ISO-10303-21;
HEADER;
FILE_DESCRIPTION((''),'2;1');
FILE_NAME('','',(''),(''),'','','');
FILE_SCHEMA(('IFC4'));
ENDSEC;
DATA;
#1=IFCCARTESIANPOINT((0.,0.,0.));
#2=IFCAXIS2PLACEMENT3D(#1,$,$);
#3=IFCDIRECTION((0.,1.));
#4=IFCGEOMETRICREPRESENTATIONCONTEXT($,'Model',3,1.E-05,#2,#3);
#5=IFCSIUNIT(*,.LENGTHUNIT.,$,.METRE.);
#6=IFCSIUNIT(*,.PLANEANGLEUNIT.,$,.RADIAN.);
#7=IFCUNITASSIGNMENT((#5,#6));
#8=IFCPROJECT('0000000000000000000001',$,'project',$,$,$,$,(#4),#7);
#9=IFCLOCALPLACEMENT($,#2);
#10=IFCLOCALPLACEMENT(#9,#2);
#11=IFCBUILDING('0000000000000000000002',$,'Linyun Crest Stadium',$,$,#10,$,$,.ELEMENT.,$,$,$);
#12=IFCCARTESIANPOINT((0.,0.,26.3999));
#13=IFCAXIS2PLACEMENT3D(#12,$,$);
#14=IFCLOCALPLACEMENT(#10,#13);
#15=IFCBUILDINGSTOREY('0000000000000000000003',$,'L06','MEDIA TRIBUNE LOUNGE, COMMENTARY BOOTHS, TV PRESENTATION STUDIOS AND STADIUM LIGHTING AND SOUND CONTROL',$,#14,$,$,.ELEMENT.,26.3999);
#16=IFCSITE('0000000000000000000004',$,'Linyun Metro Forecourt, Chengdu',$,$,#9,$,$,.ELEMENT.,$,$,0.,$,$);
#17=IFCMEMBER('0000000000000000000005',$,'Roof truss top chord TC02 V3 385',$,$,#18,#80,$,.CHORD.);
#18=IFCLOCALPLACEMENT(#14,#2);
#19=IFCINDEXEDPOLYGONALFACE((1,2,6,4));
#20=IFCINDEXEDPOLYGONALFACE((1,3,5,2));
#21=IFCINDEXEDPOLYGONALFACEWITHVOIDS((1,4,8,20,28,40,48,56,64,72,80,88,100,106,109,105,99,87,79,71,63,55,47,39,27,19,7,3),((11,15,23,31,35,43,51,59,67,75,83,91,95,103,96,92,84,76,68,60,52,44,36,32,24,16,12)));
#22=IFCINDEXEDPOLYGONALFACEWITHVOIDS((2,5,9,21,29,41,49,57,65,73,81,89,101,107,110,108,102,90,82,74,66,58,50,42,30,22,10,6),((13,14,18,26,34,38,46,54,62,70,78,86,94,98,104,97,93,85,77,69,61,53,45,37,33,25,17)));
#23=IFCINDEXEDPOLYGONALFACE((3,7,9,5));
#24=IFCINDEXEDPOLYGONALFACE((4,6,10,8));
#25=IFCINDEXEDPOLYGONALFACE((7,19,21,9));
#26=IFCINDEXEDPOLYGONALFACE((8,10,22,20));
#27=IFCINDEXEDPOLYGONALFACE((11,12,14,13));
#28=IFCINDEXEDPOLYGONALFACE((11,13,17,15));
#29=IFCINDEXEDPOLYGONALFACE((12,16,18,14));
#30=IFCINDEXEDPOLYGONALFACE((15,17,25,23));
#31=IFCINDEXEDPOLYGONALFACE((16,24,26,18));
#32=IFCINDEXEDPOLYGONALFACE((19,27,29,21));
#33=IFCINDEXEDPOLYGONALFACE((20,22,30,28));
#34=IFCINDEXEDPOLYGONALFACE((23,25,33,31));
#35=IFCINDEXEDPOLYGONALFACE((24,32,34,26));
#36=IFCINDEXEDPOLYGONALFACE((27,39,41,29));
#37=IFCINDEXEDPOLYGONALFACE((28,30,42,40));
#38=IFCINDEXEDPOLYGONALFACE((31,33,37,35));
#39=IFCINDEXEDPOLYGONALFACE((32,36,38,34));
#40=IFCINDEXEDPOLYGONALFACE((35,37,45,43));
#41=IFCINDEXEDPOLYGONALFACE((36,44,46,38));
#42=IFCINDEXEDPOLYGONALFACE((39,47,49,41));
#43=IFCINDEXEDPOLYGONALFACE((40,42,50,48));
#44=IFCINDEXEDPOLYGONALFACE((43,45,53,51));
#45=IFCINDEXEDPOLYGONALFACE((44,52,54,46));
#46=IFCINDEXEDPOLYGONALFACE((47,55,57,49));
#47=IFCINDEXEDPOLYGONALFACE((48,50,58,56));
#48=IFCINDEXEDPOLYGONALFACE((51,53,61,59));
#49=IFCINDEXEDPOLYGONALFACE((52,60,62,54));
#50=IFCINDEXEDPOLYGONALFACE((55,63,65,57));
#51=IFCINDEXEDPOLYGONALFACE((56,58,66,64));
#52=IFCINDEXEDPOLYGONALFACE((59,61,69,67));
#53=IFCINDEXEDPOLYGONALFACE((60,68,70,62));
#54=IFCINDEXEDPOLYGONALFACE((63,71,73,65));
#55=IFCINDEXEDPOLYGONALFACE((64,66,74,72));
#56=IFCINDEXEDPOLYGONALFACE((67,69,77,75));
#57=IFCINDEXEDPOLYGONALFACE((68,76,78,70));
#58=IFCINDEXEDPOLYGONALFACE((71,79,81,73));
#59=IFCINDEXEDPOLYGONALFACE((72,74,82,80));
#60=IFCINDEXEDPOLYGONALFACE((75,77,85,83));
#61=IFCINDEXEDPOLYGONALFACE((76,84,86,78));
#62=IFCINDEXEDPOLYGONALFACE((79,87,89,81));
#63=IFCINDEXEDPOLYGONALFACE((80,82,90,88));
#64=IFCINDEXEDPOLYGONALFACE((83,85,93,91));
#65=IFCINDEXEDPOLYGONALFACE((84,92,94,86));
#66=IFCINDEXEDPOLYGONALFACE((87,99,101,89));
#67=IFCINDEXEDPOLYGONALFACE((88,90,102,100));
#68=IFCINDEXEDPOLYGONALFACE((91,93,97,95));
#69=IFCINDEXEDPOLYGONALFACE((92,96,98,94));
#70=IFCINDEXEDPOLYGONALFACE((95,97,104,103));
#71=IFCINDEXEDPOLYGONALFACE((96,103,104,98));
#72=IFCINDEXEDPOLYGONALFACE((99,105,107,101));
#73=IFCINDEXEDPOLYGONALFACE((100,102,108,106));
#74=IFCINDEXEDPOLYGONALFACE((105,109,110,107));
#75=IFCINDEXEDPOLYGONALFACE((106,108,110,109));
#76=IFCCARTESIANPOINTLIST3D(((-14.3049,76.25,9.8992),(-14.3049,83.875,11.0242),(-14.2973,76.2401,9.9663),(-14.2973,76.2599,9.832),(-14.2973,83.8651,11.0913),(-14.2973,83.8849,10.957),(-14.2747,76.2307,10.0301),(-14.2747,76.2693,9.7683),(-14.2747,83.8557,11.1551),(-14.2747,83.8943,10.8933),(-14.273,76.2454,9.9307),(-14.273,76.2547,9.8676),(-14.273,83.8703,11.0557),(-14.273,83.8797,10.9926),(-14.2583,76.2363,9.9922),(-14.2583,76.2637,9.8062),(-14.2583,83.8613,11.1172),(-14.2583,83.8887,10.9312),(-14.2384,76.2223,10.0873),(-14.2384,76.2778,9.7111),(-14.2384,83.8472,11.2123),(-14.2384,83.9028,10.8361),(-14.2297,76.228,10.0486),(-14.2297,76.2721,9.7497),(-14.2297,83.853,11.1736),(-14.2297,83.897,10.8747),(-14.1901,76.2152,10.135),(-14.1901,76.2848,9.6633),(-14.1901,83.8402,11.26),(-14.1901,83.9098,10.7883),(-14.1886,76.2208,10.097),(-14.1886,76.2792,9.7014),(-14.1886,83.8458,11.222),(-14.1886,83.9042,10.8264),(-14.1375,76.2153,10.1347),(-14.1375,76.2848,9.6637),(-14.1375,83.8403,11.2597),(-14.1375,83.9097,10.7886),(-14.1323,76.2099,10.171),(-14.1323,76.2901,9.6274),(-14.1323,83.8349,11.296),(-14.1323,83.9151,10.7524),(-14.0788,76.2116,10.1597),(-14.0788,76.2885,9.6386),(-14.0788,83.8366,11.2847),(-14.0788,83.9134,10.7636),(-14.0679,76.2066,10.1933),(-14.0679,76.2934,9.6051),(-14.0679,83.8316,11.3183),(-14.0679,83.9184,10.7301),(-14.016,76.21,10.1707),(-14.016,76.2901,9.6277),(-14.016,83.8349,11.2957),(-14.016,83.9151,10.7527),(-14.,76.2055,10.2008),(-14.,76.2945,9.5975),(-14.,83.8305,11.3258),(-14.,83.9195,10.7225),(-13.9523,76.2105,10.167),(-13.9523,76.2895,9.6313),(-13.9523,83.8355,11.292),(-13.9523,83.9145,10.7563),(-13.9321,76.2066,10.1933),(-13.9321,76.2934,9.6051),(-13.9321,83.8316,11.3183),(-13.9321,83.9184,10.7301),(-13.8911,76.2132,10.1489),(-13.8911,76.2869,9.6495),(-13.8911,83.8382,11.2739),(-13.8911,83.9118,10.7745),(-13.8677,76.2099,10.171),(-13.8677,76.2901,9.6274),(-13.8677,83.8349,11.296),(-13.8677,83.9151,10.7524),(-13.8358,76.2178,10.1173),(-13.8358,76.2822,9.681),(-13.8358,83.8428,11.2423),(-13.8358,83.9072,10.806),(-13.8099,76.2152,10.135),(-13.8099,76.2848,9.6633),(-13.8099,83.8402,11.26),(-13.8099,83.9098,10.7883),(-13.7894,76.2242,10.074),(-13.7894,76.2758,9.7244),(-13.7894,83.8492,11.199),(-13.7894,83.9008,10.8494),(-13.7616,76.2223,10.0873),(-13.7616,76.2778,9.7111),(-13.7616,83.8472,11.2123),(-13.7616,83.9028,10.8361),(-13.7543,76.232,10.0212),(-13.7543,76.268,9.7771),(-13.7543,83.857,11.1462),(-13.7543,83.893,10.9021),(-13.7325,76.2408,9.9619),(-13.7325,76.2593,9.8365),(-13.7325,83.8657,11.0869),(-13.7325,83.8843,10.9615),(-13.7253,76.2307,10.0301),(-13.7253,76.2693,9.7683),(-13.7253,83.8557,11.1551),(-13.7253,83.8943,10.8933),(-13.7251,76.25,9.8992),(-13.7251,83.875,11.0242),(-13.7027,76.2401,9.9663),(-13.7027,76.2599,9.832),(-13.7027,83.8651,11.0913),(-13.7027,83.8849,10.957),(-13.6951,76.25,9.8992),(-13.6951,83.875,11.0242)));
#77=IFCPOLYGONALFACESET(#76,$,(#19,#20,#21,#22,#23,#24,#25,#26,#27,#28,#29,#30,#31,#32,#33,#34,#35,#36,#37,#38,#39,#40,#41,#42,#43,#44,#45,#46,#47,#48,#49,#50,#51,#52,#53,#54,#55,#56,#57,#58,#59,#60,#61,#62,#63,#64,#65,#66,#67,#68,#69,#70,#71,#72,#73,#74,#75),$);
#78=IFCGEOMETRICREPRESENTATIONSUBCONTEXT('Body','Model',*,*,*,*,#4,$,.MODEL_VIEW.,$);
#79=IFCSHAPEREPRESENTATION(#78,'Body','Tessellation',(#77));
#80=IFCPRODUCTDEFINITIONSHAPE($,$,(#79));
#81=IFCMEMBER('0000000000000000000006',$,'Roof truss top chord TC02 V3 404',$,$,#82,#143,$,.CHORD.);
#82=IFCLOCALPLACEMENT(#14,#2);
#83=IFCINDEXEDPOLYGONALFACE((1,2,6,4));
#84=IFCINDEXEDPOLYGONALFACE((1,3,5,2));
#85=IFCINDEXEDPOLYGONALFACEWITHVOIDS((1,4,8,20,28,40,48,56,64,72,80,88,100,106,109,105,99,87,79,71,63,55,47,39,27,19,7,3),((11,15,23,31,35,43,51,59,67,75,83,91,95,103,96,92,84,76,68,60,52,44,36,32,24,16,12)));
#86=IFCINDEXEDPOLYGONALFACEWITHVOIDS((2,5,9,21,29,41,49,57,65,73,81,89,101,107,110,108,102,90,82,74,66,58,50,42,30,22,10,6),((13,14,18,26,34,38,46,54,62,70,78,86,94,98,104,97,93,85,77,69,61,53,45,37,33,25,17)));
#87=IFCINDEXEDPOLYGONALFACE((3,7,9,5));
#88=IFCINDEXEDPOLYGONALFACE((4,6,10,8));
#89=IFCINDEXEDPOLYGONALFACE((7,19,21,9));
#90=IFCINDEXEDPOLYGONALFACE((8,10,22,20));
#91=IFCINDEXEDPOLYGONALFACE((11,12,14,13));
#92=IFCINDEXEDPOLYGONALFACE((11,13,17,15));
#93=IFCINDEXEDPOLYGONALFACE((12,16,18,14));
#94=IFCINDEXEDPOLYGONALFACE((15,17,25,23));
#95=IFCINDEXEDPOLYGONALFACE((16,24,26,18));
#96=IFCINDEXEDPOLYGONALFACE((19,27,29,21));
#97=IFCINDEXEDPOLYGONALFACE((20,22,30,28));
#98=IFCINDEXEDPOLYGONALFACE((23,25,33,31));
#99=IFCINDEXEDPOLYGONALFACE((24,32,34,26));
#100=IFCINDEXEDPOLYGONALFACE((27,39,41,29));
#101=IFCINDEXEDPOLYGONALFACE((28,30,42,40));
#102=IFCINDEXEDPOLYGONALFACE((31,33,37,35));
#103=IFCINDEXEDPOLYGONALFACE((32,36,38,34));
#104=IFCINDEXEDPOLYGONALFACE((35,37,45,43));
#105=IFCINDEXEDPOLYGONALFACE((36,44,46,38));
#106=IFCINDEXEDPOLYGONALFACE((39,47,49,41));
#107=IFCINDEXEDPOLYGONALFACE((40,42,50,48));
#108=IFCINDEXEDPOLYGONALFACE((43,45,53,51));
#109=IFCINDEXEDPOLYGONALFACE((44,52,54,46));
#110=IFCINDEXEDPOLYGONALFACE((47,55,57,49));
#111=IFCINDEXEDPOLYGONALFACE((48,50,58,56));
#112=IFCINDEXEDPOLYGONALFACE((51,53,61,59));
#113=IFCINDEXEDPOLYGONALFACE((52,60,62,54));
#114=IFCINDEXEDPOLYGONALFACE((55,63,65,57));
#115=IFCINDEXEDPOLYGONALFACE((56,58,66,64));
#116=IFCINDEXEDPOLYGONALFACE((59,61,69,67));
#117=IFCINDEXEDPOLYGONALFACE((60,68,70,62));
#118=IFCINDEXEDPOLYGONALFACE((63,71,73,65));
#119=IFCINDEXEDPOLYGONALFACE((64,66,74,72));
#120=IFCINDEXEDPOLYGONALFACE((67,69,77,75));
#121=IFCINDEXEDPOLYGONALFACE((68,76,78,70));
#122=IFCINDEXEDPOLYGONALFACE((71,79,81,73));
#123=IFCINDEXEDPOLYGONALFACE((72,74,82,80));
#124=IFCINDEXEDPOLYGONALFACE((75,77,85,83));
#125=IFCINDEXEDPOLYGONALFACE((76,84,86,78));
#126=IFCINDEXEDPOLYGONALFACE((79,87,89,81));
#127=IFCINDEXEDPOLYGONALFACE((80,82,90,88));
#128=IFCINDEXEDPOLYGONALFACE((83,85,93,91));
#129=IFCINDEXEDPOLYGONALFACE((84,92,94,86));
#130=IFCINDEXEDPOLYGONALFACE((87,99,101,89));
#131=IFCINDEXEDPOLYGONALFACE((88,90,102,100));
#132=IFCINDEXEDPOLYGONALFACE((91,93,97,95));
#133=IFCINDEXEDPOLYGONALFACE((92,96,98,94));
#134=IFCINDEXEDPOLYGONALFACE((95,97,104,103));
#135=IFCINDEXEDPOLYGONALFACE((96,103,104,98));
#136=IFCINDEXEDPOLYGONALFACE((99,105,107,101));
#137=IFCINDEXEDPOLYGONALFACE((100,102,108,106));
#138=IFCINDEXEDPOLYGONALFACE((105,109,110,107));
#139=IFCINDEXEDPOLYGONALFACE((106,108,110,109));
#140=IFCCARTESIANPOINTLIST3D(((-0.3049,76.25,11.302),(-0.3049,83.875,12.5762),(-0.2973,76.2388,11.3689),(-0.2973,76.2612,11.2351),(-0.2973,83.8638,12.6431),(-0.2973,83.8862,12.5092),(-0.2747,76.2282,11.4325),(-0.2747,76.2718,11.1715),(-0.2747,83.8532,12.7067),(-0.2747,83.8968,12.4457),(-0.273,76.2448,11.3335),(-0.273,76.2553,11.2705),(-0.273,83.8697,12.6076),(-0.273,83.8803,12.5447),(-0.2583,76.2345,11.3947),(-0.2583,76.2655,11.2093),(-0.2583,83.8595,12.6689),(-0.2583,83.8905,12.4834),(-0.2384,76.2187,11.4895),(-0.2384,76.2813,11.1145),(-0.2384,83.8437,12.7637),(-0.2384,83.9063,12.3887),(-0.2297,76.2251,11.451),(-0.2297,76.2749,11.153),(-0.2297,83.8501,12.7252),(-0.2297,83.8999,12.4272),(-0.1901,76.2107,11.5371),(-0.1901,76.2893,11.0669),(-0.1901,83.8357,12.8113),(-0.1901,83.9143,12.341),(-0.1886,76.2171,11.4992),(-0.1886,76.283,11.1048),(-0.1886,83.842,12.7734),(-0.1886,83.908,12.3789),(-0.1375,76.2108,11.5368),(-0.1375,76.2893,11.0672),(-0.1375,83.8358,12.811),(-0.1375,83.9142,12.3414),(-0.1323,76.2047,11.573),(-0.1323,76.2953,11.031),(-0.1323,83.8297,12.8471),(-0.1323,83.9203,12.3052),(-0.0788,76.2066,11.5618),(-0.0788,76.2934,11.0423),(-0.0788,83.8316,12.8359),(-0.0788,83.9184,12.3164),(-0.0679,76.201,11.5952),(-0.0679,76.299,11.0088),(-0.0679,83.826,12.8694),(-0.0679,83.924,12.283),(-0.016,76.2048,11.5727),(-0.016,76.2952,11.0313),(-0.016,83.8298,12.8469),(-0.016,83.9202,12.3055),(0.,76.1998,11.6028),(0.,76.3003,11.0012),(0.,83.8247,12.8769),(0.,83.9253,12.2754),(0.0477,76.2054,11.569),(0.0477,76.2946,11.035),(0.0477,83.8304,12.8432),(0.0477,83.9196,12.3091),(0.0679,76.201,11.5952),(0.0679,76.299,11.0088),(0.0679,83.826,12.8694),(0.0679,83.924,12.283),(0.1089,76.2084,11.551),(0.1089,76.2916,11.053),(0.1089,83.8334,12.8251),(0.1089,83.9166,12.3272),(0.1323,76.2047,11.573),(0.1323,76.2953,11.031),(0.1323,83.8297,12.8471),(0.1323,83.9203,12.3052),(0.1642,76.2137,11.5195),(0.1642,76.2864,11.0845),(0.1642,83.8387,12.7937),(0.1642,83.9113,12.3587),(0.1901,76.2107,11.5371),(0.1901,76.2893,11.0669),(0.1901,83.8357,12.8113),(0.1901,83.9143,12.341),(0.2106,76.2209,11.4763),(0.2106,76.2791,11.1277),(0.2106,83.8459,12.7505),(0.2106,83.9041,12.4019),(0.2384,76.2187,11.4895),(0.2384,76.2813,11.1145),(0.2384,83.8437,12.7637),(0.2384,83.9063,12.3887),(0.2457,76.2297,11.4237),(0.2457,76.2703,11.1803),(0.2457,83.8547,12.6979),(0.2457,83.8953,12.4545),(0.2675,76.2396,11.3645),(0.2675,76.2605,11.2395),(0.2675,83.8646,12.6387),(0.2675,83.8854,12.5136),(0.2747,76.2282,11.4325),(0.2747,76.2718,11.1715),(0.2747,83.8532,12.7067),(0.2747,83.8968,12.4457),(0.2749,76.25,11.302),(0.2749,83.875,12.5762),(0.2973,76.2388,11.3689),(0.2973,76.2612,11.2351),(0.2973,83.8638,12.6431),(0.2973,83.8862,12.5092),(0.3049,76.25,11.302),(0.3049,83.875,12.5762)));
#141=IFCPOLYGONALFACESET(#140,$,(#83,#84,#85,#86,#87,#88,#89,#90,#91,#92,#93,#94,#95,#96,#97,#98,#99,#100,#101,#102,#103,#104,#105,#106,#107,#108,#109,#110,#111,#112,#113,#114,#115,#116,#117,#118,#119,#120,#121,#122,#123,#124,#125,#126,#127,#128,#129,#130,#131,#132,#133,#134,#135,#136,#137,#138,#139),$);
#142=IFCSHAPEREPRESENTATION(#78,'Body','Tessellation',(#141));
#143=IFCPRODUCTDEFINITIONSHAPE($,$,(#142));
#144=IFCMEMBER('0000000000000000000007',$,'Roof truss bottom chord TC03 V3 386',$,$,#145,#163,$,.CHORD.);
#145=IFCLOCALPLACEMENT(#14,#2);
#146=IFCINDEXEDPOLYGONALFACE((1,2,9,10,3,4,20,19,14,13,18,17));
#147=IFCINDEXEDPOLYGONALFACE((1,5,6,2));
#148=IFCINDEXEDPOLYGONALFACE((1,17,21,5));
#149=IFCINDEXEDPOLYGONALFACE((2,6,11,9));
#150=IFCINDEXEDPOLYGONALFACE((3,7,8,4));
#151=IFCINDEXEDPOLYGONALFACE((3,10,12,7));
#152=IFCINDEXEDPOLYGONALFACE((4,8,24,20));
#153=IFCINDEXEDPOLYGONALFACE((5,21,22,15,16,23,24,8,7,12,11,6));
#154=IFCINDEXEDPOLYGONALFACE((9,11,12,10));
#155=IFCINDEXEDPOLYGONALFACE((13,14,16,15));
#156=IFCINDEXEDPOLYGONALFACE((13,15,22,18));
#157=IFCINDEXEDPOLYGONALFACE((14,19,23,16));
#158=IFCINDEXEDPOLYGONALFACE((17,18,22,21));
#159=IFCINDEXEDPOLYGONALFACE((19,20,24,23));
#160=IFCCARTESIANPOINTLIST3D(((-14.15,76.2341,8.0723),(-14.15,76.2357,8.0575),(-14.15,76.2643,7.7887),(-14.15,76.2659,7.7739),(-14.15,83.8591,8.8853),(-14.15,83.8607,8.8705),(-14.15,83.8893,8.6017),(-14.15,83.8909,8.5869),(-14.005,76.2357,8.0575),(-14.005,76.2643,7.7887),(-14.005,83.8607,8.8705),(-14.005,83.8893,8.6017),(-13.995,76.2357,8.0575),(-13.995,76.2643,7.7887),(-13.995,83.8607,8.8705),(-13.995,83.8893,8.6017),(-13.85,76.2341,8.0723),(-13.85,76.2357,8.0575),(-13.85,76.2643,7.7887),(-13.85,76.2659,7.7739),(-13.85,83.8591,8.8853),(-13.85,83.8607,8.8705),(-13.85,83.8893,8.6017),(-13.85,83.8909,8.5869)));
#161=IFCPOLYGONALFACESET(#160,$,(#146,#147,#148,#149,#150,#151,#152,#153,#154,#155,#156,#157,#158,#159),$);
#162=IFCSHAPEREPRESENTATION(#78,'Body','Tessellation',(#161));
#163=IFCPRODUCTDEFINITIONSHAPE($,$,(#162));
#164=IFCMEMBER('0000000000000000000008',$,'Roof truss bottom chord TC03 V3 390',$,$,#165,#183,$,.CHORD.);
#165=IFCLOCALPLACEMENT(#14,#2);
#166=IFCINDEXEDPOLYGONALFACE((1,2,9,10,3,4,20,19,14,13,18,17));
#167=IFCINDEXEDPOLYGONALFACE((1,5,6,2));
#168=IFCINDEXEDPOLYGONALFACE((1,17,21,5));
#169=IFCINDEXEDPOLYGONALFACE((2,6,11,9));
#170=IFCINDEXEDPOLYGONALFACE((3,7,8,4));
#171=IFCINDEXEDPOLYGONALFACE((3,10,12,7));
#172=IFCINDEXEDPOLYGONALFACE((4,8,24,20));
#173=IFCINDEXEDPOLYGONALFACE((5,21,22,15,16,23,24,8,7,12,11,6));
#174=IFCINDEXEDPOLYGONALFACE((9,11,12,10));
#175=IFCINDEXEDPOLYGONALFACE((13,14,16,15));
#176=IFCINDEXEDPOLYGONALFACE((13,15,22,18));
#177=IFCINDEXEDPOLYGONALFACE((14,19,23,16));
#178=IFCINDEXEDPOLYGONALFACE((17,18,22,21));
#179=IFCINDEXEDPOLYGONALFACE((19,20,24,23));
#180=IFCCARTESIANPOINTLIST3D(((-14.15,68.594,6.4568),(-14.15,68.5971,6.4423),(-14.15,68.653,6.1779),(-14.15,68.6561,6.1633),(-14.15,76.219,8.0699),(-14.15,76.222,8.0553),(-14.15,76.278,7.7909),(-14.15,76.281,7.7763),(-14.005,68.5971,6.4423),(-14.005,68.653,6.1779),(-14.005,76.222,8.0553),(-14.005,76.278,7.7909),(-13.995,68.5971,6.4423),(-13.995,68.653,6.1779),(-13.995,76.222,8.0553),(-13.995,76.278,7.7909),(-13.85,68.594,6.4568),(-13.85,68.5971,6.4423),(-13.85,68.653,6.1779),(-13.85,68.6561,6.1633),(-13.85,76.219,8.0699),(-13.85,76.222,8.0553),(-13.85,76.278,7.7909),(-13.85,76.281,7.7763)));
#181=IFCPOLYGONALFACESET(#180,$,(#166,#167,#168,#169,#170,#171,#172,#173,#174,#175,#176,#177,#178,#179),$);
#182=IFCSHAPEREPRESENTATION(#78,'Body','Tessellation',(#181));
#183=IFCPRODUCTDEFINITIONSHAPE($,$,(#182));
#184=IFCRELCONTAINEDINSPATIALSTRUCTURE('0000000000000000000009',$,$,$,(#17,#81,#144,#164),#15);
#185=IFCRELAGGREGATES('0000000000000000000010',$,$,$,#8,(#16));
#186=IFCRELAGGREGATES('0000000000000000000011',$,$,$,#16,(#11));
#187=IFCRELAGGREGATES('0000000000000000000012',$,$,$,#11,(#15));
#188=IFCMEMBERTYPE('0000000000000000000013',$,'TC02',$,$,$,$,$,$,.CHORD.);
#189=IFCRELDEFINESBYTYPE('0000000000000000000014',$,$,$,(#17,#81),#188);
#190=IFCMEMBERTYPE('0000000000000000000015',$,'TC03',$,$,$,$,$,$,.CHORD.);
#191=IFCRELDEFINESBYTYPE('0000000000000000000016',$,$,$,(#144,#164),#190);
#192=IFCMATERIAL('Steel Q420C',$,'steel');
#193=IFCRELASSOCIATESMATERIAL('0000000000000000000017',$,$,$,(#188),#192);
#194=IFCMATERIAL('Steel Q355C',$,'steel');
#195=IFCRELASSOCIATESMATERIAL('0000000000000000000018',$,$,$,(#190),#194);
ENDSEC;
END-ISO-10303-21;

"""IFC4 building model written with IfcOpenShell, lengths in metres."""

from ifc_helpers import new_model, si_unit, direction, frame, origin, origin_2d, place, context, subcontext, project, spatial, hollow_circle, i_section, extrude, material, material_profile, profile_set, type_object, element, save


model = new_model("IFC4")

# Units and contexts
model_context = context("Model", 3, precision=1e-05, world=origin(), true_north=direction((0.0, 1.0)))
body_context = subcontext(model_context, "Body", "Model", "MODEL_VIEW")
ifc_project = project(units=[si_unit("LENGTHUNIT", "METRE"), si_unit("PLANEANGLEUNIT", "RADIAN")], contexts=[model_context])

# Site, building, storey
site_placement = place(None, origin())
site = spatial("IfcSite", under=ifc_project, at=site_placement, Name="Linyun Metro Forecourt, Chengdu", CompositionType="ELEMENT", RefElevation=0.0)
building_placement = place(site_placement, origin())
building = spatial("IfcBuilding", under=site, at=building_placement, Name="Linyun Crest Stadium", CompositionType="ELEMENT")
storey_placement = place(building_placement, frame((0.0, 0.0, 26.3999)))
storey = spatial("IfcBuildingStorey", under=building, at=storey_placement, Name="L06", Description="MEDIA TRIBUNE LOUNGE, COMMENTARY BOOTHS, TV PRESENTATION STUDIOS AND STADIUM LIGHTING AND SOUND CONTROL", CompositionType="ELEMENT", Elevation=26.3999)

# Members
ifc_material_1 = material(Name="Steel Q420C", Category="steel")
ifc_material_profile_1 = material_profile(ifc_material_1, hollow_circle(Radius=0.3049, WallThickness=0.03, at=origin_2d()), Name="CHS 610x30")
ifc_profile_set_1 = profile_set([ifc_material_profile_1], Name="Steel Q420C")
member_type_1 = type_object("IfcMemberType", Name="TC02", PredefinedType="CHORD", material=ifc_profile_set_1)
member_1_placement = place(storey_placement, frame((-14.0, 83.875, 11.0242), z_axis=(0.0, -0.98929, -0.145961), x_axis=(1.0, 0.0, 0.0)))
element("IfcMember", 1, at=member_1_placement, inside=storey, type_object=member_type_1, Name="Roof truss top chord TC02 V3 385", PredefinedType="CHORD", context=body_context, shape_type="SweptSolid", body=[
    extrude(hollow_circle(Radius=0.3049, WallThickness=0.03, at=origin_2d()), origin(), (0.0, 0.0, 1.0), 7.7075),
])
member_2_placement = place(storey_placement, frame((0.0, 83.875, 12.5762), z_axis=(0.0, -0.986324, -0.164819), x_axis=(1.0, 0.0, 0.0)))
element("IfcMember", 2, at=member_2_placement, inside=storey, type_object=member_type_1, Name="Roof truss top chord TC02 V3 404", PredefinedType="CHORD", context=body_context, shape_type="SweptSolid", body=[
    extrude(hollow_circle(Radius=0.3049, WallThickness=0.03, at=origin_2d()), origin(), (0.0, 0.0, 1.0), 7.7307),
])
ifc_material_2 = material(Name="Steel Q355C", Category="steel")
ifc_material_profile_2 = material_profile(ifc_material_2, i_section(OverallWidth=0.3, OverallDepth=0.3, WebThickness=0.01, FlangeThickness=0.0149, at=origin_2d()), Name="HW 300x300")
ifc_profile_set_2 = profile_set([ifc_material_profile_2], Name="Steel Q355C")
member_type_2 = type_object("IfcMemberType", Name="TC03", PredefinedType="CHORD", material=ifc_profile_set_2)
member_3_placement = place(storey_placement, frame((-14.0, 83.875, 8.7361), z_axis=(0.0, -0.994364, -0.10602), x_axis=(1.0, 0.0, 0.0)))
element("IfcMember", 3, at=member_3_placement, inside=storey, type_object=member_type_2, Name="Roof truss bottom chord TC03 V3 386", PredefinedType="CHORD", context=body_context, shape_type="SweptSolid", body=[
    extrude(i_section(OverallWidth=0.3, OverallDepth=0.3, WebThickness=0.01, FlangeThickness=0.0149, at=origin_2d()), origin(), (0.0, 0.0, 1.0), 7.6682),
])
member_4_placement = place(storey_placement, frame((-14.0, 76.25, 7.9231), z_axis=(0.0, -0.978348, -0.206966), x_axis=(1.0, 0.0, 0.0)))
element("IfcMember", 4, at=member_4_placement, inside=storey, type_object=member_type_2, Name="Roof truss bottom chord TC03 V3 390", PredefinedType="CHORD", context=body_context, shape_type="SweptSolid", body=[
    extrude(i_section(OverallWidth=0.3, OverallDepth=0.3, WebThickness=0.01, FlangeThickness=0.0149, at=origin_2d()), origin(), (0.0, 0.0, 1.0), 7.7937),
])

save(model, "model.ifc")
